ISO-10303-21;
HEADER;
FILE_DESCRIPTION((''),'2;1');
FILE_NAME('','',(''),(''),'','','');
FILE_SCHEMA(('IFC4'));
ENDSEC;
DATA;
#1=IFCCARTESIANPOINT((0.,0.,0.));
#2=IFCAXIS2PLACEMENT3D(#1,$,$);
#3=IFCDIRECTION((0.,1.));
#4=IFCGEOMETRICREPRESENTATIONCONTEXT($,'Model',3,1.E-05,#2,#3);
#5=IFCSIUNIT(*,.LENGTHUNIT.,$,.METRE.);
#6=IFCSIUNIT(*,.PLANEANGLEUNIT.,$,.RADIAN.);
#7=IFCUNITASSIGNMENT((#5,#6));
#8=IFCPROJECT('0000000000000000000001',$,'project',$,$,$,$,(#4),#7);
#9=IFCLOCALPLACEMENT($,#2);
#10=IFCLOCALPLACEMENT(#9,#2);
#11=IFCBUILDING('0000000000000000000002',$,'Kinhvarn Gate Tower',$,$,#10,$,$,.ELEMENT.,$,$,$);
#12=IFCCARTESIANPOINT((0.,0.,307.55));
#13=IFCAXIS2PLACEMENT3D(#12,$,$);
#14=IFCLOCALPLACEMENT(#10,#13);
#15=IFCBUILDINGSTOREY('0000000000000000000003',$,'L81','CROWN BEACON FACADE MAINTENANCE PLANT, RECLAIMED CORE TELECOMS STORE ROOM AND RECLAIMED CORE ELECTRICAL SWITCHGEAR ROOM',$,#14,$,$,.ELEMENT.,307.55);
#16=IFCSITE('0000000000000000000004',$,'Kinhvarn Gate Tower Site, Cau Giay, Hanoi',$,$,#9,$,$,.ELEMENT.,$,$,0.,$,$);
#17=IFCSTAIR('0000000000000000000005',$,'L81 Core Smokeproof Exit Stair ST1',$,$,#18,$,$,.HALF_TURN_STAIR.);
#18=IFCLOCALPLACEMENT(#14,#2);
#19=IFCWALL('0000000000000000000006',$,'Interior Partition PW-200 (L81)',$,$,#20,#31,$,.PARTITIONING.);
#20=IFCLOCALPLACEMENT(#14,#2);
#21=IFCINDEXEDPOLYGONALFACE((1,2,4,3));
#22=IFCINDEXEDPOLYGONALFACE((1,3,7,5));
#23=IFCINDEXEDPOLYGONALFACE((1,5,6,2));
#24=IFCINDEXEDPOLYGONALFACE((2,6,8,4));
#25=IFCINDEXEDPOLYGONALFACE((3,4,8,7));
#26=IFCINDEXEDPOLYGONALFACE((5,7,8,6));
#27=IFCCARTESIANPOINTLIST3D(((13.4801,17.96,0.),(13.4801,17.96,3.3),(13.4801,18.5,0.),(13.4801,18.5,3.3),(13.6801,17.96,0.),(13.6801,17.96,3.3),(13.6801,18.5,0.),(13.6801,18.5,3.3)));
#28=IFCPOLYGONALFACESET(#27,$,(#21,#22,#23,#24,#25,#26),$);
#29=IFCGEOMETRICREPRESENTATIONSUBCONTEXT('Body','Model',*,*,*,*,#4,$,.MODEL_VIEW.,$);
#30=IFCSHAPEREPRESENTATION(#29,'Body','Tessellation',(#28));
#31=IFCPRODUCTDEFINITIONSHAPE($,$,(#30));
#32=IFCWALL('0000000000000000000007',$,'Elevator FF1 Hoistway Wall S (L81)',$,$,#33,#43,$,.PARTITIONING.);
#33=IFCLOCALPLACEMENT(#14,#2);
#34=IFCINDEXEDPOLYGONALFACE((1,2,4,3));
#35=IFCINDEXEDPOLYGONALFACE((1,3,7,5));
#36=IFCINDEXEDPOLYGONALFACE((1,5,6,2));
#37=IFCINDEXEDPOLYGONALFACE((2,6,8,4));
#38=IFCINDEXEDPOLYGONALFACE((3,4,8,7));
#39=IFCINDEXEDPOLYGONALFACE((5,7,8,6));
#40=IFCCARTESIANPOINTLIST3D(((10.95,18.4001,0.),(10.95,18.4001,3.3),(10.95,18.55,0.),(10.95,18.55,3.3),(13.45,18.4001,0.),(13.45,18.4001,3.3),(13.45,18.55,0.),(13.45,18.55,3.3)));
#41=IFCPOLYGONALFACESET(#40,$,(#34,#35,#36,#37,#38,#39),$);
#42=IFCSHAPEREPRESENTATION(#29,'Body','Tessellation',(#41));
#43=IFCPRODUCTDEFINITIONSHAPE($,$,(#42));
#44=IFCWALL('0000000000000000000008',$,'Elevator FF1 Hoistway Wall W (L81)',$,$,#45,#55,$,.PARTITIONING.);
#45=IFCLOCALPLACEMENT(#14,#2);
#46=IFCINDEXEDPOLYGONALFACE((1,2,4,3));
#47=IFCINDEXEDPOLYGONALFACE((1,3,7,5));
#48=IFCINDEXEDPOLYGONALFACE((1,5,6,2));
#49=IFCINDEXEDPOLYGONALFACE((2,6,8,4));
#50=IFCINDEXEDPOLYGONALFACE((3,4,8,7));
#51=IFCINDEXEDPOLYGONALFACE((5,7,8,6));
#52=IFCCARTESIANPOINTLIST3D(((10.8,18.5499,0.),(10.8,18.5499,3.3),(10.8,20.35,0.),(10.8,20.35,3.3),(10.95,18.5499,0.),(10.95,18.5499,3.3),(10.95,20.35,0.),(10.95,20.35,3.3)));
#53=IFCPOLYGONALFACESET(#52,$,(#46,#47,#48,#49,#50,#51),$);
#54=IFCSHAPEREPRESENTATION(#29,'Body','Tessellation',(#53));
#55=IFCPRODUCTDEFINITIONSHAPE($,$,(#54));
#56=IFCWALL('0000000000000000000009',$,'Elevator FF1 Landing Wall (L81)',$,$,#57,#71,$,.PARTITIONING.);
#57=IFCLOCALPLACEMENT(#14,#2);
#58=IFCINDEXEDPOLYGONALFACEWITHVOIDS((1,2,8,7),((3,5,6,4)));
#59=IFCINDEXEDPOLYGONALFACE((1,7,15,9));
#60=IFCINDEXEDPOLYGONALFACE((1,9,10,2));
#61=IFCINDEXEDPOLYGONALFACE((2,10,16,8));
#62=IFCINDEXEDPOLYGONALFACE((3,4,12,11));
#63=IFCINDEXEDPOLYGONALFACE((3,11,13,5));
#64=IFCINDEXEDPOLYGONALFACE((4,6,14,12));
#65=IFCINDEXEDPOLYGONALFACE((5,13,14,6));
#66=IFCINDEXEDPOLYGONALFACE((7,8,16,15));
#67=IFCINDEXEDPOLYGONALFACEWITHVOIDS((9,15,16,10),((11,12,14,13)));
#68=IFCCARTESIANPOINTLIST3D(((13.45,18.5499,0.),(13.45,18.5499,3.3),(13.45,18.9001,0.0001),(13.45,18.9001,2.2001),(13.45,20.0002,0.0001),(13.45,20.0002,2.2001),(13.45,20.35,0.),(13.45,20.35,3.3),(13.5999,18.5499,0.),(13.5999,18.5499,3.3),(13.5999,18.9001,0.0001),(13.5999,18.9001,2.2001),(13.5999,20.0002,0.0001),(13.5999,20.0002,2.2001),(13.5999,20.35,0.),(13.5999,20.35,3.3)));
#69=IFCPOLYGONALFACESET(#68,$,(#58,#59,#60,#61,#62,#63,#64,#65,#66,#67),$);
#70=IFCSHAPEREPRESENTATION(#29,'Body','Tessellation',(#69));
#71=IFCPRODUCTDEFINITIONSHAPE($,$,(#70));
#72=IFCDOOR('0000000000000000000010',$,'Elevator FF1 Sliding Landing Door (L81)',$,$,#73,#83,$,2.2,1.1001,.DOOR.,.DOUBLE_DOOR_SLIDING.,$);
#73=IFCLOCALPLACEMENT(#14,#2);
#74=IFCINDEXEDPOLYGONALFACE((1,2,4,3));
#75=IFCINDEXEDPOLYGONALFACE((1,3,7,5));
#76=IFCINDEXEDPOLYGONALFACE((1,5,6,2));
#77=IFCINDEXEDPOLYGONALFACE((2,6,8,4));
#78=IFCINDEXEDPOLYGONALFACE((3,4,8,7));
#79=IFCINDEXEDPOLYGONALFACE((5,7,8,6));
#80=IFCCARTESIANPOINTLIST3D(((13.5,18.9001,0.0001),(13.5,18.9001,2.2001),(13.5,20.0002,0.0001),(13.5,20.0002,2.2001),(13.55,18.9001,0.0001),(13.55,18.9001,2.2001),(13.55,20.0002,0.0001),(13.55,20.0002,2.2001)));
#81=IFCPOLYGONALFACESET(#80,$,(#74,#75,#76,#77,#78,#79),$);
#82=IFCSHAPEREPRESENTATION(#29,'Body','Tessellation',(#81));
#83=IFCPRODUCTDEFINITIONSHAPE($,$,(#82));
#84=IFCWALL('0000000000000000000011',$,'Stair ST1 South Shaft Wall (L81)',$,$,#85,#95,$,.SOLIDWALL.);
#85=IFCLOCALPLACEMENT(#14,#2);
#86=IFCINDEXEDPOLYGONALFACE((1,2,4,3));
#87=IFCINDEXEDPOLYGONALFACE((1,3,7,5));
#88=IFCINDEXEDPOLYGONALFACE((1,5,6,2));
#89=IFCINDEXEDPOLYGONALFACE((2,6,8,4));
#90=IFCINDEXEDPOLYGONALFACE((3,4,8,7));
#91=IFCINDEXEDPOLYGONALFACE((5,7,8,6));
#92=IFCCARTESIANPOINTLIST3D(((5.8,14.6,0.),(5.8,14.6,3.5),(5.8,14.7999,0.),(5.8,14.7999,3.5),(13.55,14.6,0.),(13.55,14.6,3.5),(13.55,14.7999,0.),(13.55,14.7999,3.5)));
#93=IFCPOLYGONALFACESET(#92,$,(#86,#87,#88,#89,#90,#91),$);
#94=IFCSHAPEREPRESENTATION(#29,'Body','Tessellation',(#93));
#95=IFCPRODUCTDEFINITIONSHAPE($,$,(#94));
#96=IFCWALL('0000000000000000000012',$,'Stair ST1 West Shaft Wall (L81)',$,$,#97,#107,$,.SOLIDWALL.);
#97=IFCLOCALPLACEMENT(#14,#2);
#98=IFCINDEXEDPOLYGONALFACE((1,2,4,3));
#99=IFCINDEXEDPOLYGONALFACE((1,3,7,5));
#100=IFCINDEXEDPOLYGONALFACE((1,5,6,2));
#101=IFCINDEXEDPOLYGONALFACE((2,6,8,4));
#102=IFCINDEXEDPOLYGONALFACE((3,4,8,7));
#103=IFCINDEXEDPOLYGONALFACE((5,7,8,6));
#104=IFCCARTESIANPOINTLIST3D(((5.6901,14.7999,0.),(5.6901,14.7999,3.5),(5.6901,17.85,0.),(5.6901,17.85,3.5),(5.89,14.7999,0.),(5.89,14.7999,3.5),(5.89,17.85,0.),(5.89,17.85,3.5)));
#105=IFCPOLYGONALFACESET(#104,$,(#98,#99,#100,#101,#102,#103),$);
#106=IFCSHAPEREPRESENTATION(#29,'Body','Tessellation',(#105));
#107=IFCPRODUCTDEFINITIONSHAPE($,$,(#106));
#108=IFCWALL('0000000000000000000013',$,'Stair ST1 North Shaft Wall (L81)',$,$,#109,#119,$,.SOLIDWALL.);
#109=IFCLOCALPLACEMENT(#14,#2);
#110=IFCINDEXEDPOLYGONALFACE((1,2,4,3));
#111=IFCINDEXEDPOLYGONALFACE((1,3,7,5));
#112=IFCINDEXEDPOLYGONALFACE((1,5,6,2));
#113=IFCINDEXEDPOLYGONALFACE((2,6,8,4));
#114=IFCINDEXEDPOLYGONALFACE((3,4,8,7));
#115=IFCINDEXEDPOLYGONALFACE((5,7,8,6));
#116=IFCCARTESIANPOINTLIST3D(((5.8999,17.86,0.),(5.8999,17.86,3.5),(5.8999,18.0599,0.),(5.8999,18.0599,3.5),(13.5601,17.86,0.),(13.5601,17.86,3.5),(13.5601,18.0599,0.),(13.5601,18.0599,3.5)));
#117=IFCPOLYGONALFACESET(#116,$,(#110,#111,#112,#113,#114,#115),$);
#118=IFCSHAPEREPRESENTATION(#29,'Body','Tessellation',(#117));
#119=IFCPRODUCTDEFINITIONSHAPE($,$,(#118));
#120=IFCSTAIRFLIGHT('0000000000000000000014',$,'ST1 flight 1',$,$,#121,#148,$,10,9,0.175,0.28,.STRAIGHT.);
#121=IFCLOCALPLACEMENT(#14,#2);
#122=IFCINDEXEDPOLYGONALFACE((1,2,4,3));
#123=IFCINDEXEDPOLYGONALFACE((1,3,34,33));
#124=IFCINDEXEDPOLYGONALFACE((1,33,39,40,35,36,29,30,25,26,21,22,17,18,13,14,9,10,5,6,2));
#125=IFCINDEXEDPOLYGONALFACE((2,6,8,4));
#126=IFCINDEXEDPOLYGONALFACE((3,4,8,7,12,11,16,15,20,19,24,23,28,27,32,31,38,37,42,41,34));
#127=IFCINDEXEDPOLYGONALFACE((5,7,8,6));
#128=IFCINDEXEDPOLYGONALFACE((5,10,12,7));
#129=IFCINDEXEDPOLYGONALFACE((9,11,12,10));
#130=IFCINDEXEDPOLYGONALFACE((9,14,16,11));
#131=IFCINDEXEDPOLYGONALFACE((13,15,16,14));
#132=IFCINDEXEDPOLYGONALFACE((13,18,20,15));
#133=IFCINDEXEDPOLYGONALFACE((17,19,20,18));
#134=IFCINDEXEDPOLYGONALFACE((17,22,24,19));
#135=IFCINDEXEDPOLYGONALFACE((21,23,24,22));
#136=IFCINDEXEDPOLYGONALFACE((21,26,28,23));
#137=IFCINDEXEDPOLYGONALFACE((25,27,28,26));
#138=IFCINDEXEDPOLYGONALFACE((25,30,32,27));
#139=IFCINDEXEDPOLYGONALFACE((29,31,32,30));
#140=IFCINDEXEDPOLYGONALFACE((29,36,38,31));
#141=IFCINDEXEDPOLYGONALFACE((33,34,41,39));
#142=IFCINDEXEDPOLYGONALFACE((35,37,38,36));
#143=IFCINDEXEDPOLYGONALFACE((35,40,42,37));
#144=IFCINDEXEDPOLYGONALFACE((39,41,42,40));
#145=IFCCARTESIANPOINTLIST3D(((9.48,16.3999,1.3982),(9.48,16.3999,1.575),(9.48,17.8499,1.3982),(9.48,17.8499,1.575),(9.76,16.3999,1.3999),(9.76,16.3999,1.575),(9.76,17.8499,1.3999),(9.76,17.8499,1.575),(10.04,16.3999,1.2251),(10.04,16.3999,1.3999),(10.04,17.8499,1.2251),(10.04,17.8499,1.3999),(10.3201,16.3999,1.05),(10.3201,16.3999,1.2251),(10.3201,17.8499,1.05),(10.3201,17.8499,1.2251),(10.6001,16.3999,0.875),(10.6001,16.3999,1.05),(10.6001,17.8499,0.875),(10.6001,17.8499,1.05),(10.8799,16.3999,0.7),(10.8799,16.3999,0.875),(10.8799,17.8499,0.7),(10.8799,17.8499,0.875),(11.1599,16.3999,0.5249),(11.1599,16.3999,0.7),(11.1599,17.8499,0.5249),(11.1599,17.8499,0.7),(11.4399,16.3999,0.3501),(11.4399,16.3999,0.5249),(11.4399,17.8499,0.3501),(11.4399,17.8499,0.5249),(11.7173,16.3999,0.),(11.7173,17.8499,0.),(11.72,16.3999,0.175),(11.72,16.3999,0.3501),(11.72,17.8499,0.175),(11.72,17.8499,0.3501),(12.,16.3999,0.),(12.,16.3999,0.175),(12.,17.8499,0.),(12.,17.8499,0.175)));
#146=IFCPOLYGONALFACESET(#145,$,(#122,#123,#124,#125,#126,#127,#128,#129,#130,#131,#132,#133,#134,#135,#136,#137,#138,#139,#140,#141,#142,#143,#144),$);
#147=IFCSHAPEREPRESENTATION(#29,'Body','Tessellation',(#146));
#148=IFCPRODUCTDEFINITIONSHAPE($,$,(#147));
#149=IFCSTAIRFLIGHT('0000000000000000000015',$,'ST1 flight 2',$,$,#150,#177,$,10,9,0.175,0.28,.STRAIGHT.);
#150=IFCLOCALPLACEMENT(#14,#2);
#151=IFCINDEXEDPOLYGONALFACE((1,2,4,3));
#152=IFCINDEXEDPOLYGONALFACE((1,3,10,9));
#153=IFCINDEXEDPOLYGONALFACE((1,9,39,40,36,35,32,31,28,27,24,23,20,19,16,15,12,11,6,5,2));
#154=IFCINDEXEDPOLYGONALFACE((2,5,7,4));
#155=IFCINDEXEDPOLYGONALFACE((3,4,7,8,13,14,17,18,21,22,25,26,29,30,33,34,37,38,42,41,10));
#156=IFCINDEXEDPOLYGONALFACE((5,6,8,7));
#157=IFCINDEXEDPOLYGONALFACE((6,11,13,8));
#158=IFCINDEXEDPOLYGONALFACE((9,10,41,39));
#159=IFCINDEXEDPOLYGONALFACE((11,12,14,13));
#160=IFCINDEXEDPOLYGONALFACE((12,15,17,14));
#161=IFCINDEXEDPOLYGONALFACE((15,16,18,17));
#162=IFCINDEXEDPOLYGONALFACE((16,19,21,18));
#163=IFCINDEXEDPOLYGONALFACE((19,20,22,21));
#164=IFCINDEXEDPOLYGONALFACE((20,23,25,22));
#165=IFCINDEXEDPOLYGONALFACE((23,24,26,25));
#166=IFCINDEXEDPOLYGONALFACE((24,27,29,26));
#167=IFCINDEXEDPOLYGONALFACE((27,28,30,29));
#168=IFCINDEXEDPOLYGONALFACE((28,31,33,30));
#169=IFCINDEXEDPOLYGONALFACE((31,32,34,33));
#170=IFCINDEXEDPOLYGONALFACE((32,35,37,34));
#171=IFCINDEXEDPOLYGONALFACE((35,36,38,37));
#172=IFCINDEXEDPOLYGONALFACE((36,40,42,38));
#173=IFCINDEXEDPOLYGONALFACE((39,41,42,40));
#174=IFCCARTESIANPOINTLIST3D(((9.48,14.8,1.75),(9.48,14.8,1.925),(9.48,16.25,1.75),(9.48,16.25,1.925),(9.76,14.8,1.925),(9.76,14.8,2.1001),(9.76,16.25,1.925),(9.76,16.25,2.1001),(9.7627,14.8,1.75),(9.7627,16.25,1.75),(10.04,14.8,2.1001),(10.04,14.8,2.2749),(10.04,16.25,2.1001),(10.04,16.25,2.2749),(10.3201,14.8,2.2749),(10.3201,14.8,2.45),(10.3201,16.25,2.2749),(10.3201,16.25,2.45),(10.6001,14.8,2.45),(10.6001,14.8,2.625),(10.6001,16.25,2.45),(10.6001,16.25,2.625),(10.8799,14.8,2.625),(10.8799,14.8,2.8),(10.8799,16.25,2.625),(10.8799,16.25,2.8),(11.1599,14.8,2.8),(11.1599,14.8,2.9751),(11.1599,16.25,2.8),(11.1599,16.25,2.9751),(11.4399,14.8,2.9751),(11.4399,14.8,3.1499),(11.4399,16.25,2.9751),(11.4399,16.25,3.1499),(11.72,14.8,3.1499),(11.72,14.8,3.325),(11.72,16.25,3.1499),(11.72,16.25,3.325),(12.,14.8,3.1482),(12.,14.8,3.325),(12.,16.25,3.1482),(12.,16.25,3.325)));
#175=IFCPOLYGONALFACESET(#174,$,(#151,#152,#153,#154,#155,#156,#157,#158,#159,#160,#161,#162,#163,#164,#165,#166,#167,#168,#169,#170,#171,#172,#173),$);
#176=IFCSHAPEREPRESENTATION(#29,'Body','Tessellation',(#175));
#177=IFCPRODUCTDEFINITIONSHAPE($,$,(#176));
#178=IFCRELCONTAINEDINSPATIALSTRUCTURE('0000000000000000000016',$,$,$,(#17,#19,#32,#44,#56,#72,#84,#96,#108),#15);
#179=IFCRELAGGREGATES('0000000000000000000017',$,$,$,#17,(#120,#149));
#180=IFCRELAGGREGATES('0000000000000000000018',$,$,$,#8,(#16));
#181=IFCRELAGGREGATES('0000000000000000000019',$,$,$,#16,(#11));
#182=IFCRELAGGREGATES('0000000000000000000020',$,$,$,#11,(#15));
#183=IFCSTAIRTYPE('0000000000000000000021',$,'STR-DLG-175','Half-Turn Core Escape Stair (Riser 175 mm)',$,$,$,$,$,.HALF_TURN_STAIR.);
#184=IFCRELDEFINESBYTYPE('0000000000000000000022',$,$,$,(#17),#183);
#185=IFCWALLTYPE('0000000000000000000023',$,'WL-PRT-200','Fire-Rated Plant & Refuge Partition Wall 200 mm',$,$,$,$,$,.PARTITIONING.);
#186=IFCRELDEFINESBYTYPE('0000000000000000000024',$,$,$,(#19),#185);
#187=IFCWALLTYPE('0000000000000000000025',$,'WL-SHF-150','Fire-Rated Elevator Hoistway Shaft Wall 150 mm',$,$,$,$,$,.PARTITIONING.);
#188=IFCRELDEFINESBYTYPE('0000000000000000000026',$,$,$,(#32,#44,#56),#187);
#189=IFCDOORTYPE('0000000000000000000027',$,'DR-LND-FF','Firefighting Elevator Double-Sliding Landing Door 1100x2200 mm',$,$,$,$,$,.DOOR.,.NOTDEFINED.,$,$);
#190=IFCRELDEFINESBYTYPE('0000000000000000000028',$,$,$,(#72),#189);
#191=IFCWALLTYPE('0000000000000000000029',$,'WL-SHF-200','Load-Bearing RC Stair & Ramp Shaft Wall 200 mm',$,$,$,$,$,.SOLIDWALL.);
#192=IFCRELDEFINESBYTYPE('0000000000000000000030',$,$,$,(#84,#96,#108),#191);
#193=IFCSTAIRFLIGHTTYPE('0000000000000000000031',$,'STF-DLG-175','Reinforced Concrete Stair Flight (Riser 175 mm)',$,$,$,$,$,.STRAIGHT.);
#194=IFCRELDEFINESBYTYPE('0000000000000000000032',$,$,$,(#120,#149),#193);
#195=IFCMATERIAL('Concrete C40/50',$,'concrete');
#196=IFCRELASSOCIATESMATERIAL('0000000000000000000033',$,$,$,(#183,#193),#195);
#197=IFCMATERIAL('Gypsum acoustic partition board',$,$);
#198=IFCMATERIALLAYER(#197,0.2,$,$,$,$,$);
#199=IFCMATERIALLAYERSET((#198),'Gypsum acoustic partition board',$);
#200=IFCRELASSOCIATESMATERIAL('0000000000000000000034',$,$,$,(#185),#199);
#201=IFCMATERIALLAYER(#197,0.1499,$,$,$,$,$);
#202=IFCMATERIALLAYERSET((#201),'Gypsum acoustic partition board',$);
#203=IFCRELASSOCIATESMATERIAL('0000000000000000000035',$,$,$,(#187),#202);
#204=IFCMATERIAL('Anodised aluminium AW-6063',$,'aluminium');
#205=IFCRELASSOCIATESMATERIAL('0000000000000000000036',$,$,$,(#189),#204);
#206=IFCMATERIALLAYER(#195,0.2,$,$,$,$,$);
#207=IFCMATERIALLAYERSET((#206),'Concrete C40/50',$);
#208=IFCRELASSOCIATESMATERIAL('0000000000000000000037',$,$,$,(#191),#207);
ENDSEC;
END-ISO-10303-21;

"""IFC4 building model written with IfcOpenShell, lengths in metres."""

from ifc_helpers import new_model, si_unit, direction, frame, frame_2d, origin, place, context, subcontext, project, spatial, polyline, rectangle, outline, extrude, material, layer, layer_set, type_object, element, fill, aggregate, save


model = new_model("IFC4")

# Units and contexts
model_context = context("Model", 3, precision=1e-05, world=origin(), true_north=direction((0.0, 1.0)))
body_context = subcontext(model_context, "Body", "Model", "MODEL_VIEW")
ifc_project = project(units=[si_unit("LENGTHUNIT", "METRE"), si_unit("PLANEANGLEUNIT", "RADIAN")], contexts=[model_context])

# Site, building, storey
site_placement = place(None, origin())
site = spatial("IfcSite", under=ifc_project, at=site_placement, Name="Kinhvarn Gate Tower Site, Cau Giay, Hanoi", CompositionType="ELEMENT", RefElevation=0.0)
building_placement = place(site_placement, origin())
building = spatial("IfcBuilding", under=site, at=building_placement, Name="Kinhvarn Gate Tower", CompositionType="ELEMENT")
storey_placement = place(building_placement, frame((0.0, 0.0, 307.55)))
storey = spatial("IfcBuildingStorey", under=building, at=storey_placement, Name="L81", Description="CROWN BEACON FACADE MAINTENANCE PLANT, RECLAIMED CORE TELECOMS STORE ROOM AND RECLAIMED CORE ELECTRICAL SWITCHGEAR ROOM", CompositionType="ELEMENT", Elevation=307.55)

# Shared definitions
ifc_material_1 = material(Name="Anodised aluminium AW-6063", Category="aluminium")

# Stair
ifc_material_2 = material(Name="Concrete C40/50", Category="concrete")
stair_type = type_object("IfcStairType", Name="STR-DLG-175", Description="Half-Turn Core Escape Stair (Riser 175 mm)", PredefinedType="HALF_TURN_STAIR", material=ifc_material_2)
stair_1_placement = place(storey_placement, origin())
stair_1 = element("IfcStair", 1, at=stair_1_placement, inside=storey, type_object=stair_type, Name="L81 Core Smokeproof Exit Stair ST1", PredefinedType="HALF_TURN_STAIR")

# Walls
ifc_material_3 = material(Name="Gypsum acoustic partition board")
ifc_layer_1 = layer(ifc_material_3, 0.2)
ifc_layer_set_1 = layer_set([ifc_layer_1], Name="Gypsum acoustic partition board")
wall_type_1 = type_object("IfcWallType", Name="WL-PRT-200", Description="Fire-Rated Plant & Refuge Partition Wall 200 mm", PredefinedType="PARTITIONING", material=ifc_layer_set_1)
wall_1_placement = place(storey_placement, frame((13.5801, 17.96, 0.0), z_axis=(0.0, 0.0, 1.0), x_axis=(0.0, 1.0, 0.0)))
element("IfcWall", 2, at=wall_1_placement, inside=storey, type_object=wall_type_1, Name="Interior Partition PW-200 (L81)", PredefinedType="PARTITIONING", context=body_context, shape_type="SweptSolid", body=[
    extrude(rectangle(XDim=0.54, YDim=0.2, at=frame_2d((0.27, 0.0))), origin(), (0.0, 0.0, 1.0), 3.3),
])
ifc_layer_2 = layer(ifc_material_3, 0.1499)
ifc_layer_set_2 = layer_set([ifc_layer_2], Name="Gypsum acoustic partition board")
wall_type_2 = type_object("IfcWallType", Name="WL-SHF-150", Description="Fire-Rated Elevator Hoistway Shaft Wall 150 mm", PredefinedType="PARTITIONING", material=ifc_layer_set_2)
wall_2_placement = place(storey_placement, frame((10.95, 18.4751, 0.0), z_axis=(0.0, 0.0, 1.0), x_axis=(1.0, 0.0, 0.0)))
element("IfcWall", 3, at=wall_2_placement, inside=storey, type_object=wall_type_2, Name="Elevator FF1 Hoistway Wall S (L81)", PredefinedType="PARTITIONING", context=body_context, shape_type="SweptSolid", body=[
    extrude(rectangle(XDim=2.5, YDim=0.1499, at=frame_2d((1.25, 0.0))), origin(), (0.0, 0.0, 1.0), 3.3),
])
wall_3_placement = place(storey_placement, frame((10.875, 18.55, 0.0), z_axis=(0.0, 0.0, 1.0), x_axis=(0.0, 1.0, 0.0)))
element("IfcWall", 4, at=wall_3_placement, inside=storey, type_object=wall_type_2, Name="Elevator FF1 Hoistway Wall W (L81)", PredefinedType="PARTITIONING", context=body_context, shape_type="SweptSolid", body=[
    extrude(rectangle(XDim=1.8, YDim=0.1499, at=frame_2d((0.8999, 0.0))), origin(), (0.0, 0.0, 1.0), 3.3),
])

# Wall, opening, door
wall_4_placement = place(storey_placement, frame((13.5249, 18.55, 0.0), z_axis=(0.0, 0.0, 1.0), x_axis=(0.0, 1.0, 0.0)))
wall_4 = element("IfcWall", 5, at=wall_4_placement, inside=storey, type_object=wall_type_2, Name="Elevator FF1 Landing Wall (L81)", PredefinedType="PARTITIONING", context=body_context, shape_type="SweptSolid", body=[
    extrude(rectangle(XDim=1.8, YDim=0.1499, at=frame_2d((0.8999, 0.0))), origin(), (0.0, 0.0, 1.0), 3.3),
])
opening_1_placement = place(wall_4_placement, frame((0.3501, 0.0, 0.0)))
opening_1 = element("IfcOpeningElement", 6, at=opening_1_placement, cuts=wall_4, PredefinedType="OPENING", context=body_context, shape_type="SweptSolid", body=[
    extrude(rectangle(XDim=1.1001, YDim=2.2, at=frame_2d((0.55, 1.1001))), frame((0.0, 0.085, 0.0), z_axis=(0.0, -1.0, 0.0), x_axis=(1.0, 0.0, 0.0)), (0.0, 0.0, 1.0), 0.1699),
])
door_type_1 = type_object("IfcDoorType", Name="DR-LND-FF", Description="Firefighting Elevator Double-Sliding Landing Door 1100x2200 mm", OperationType="NOTDEFINED", PredefinedType="DOOR", material=ifc_material_1)
door_1_placement = place(opening_1_placement, origin())
door_1 = element("IfcDoor", 7, at=door_1_placement, inside=storey, type_object=door_type_1, Name="Elevator FF1 Sliding Landing Door (L81)", OperationType="DOUBLE_DOOR_SLIDING", OverallHeight=2.2, OverallWidth=1.1001, PredefinedType="DOOR", context=body_context, shape_type="SweptSolid", body=[
    extrude(rectangle(XDim=1.1001, YDim=2.2, at=frame_2d((0.55, 1.1001))), frame((0.0, 0.0249, 0.0), z_axis=(0.0, -1.0, 0.0), x_axis=(1.0, 0.0, 0.0)), (0.0, 0.0, 1.0), 0.05),
])
fill(opening_1, door_1)

# Walls
ifc_layer_3 = layer(ifc_material_2, 0.2)
ifc_layer_set_3 = layer_set([ifc_layer_3], Name="Concrete C40/50")
wall_type_3 = type_object("IfcWallType", Name="WL-SHF-200", Description="Load-Bearing RC Stair & Ramp Shaft Wall 200 mm", PredefinedType="SOLIDWALL", material=ifc_layer_set_3)
wall_5_placement = place(storey_placement, frame((5.8, 14.7, 0.0), z_axis=(0.0, 0.0, 1.0), x_axis=(1.0, 0.0, 0.0)))
element("IfcWall", 8, at=wall_5_placement, inside=storey, type_object=wall_type_3, Name="Stair ST1 South Shaft Wall (L81)", PredefinedType="SOLIDWALL", context=body_context, shape_type="SweptSolid", body=[
    extrude(rectangle(XDim=7.75, YDim=0.2, at=frame_2d((3.875, 0.0))), origin(), (0.0, 0.0, 1.0), 3.5),
])
wall_6_placement = place(storey_placement, frame((5.79, 14.8, 0.0), z_axis=(0.0, 0.0, 1.0), x_axis=(0.0, 1.0, 0.0)))
element("IfcWall", 9, at=wall_6_placement, inside=storey, type_object=wall_type_3, Name="Stair ST1 West Shaft Wall (L81)", PredefinedType="SOLIDWALL", context=body_context, shape_type="SweptSolid", body=[
    extrude(rectangle(XDim=3.05, YDim=0.2, at=frame_2d((1.5249, 0.0))), origin(), (0.0, 0.0, 1.0), 3.5),
])
wall_7_placement = place(storey_placement, frame((5.8999, 17.96, 0.0), z_axis=(0.0, 0.0, 1.0), x_axis=(1.0, 0.0, 0.0)))
element("IfcWall", 10, at=wall_7_placement, inside=storey, type_object=wall_type_3, Name="Stair ST1 North Shaft Wall (L81)", PredefinedType="SOLIDWALL", context=body_context, shape_type="SweptSolid", body=[
    extrude(rectangle(XDim=7.6602, YDim=0.2, at=frame_2d((3.8301, 0.0))), origin(), (0.0, 0.0, 1.0), 3.5),
])

# Stair flights
stair_flight_type = type_object("IfcStairFlightType", Name="STF-DLG-175", Description="Reinforced Concrete Stair Flight (Riser 175 mm)", PredefinedType="STRAIGHT", material=ifc_material_2)
stair_flight_1_placement = place(storey_placement, frame((12.0, 17.125, 0.0), z_axis=(0.0, 0.0, 1.0), x_axis=(-1.0, 0.0, 0.0)))
stair_flight_1 = element("IfcStairFlight", 11, at=stair_flight_1_placement, type_object=stair_flight_type, Name="ST1 flight 1", NumberOfRisers=10, NumberOfTreads=9, PredefinedType="STRAIGHT", RiserHeight=0.175, TreadLength=0.28, context=body_context, shape_type="SweptSolid", body=[
    extrude(outline(polyline([(0.0, 0.0), (0.0, 0.175), (0.28, 0.175), (0.28, 0.3501), (0.5601, 0.3501), (0.5601, 0.5249), (0.8401, 0.5249), (0.8401, 0.7), (1.1201, 0.7), (1.1201, 0.875), (1.3999, 0.875), (1.3999, 1.05), (1.6799, 1.05), (1.6799, 1.2251), (1.96, 1.2251), (1.96, 1.3999), (2.24, 1.3999), (2.24, 1.575), (2.52, 1.575), (2.52, 1.75), (2.52, 1.3982), (0.2827, 0.0), (0.0, 0.0)])), frame((0.0, 0.7251, 0.0), z_axis=(0.0, -1.0, 0.0), x_axis=(1.0, 0.0, 0.0)), (0.0, 0.0, 1.0), 1.45),
])
stair_flight_2_placement = place(storey_placement, frame((9.48, 15.5249, 1.75), z_axis=(0.0, 0.0, 1.0), x_axis=(1.0, 0.0, 0.0)))
stair_flight_2 = element("IfcStairFlight", 12, at=stair_flight_2_placement, type_object=stair_flight_type, Name="ST1 flight 2", NumberOfRisers=10, NumberOfTreads=9, PredefinedType="STRAIGHT", RiserHeight=0.175, TreadLength=0.28, context=body_context, shape_type="SweptSolid", body=[
    extrude(outline(polyline([(0.0, 0.0), (0.0, 0.175), (0.28, 0.175), (0.28, 0.3501), (0.5601, 0.3501), (0.5601, 0.5249), (0.8401, 0.5249), (0.8401, 0.7), (1.1201, 0.7), (1.1201, 0.875), (1.3999, 0.875), (1.3999, 1.05), (1.6799, 1.05), (1.6799, 1.2251), (1.96, 1.2251), (1.96, 1.3999), (2.24, 1.3999), (2.24, 1.575), (2.52, 1.575), (2.52, 1.75), (2.52, 1.3982), (0.2827, 0.0), (0.0, 0.0)])), frame((0.0, 0.7251, 0.0), z_axis=(0.0, -1.0, 0.0), x_axis=(1.0, 0.0, 0.0)), (0.0, 0.0, 1.0), 1.45),
])
aggregate(stair_1, [stair_flight_1, stair_flight_2])

save(model, "model.ifc")
